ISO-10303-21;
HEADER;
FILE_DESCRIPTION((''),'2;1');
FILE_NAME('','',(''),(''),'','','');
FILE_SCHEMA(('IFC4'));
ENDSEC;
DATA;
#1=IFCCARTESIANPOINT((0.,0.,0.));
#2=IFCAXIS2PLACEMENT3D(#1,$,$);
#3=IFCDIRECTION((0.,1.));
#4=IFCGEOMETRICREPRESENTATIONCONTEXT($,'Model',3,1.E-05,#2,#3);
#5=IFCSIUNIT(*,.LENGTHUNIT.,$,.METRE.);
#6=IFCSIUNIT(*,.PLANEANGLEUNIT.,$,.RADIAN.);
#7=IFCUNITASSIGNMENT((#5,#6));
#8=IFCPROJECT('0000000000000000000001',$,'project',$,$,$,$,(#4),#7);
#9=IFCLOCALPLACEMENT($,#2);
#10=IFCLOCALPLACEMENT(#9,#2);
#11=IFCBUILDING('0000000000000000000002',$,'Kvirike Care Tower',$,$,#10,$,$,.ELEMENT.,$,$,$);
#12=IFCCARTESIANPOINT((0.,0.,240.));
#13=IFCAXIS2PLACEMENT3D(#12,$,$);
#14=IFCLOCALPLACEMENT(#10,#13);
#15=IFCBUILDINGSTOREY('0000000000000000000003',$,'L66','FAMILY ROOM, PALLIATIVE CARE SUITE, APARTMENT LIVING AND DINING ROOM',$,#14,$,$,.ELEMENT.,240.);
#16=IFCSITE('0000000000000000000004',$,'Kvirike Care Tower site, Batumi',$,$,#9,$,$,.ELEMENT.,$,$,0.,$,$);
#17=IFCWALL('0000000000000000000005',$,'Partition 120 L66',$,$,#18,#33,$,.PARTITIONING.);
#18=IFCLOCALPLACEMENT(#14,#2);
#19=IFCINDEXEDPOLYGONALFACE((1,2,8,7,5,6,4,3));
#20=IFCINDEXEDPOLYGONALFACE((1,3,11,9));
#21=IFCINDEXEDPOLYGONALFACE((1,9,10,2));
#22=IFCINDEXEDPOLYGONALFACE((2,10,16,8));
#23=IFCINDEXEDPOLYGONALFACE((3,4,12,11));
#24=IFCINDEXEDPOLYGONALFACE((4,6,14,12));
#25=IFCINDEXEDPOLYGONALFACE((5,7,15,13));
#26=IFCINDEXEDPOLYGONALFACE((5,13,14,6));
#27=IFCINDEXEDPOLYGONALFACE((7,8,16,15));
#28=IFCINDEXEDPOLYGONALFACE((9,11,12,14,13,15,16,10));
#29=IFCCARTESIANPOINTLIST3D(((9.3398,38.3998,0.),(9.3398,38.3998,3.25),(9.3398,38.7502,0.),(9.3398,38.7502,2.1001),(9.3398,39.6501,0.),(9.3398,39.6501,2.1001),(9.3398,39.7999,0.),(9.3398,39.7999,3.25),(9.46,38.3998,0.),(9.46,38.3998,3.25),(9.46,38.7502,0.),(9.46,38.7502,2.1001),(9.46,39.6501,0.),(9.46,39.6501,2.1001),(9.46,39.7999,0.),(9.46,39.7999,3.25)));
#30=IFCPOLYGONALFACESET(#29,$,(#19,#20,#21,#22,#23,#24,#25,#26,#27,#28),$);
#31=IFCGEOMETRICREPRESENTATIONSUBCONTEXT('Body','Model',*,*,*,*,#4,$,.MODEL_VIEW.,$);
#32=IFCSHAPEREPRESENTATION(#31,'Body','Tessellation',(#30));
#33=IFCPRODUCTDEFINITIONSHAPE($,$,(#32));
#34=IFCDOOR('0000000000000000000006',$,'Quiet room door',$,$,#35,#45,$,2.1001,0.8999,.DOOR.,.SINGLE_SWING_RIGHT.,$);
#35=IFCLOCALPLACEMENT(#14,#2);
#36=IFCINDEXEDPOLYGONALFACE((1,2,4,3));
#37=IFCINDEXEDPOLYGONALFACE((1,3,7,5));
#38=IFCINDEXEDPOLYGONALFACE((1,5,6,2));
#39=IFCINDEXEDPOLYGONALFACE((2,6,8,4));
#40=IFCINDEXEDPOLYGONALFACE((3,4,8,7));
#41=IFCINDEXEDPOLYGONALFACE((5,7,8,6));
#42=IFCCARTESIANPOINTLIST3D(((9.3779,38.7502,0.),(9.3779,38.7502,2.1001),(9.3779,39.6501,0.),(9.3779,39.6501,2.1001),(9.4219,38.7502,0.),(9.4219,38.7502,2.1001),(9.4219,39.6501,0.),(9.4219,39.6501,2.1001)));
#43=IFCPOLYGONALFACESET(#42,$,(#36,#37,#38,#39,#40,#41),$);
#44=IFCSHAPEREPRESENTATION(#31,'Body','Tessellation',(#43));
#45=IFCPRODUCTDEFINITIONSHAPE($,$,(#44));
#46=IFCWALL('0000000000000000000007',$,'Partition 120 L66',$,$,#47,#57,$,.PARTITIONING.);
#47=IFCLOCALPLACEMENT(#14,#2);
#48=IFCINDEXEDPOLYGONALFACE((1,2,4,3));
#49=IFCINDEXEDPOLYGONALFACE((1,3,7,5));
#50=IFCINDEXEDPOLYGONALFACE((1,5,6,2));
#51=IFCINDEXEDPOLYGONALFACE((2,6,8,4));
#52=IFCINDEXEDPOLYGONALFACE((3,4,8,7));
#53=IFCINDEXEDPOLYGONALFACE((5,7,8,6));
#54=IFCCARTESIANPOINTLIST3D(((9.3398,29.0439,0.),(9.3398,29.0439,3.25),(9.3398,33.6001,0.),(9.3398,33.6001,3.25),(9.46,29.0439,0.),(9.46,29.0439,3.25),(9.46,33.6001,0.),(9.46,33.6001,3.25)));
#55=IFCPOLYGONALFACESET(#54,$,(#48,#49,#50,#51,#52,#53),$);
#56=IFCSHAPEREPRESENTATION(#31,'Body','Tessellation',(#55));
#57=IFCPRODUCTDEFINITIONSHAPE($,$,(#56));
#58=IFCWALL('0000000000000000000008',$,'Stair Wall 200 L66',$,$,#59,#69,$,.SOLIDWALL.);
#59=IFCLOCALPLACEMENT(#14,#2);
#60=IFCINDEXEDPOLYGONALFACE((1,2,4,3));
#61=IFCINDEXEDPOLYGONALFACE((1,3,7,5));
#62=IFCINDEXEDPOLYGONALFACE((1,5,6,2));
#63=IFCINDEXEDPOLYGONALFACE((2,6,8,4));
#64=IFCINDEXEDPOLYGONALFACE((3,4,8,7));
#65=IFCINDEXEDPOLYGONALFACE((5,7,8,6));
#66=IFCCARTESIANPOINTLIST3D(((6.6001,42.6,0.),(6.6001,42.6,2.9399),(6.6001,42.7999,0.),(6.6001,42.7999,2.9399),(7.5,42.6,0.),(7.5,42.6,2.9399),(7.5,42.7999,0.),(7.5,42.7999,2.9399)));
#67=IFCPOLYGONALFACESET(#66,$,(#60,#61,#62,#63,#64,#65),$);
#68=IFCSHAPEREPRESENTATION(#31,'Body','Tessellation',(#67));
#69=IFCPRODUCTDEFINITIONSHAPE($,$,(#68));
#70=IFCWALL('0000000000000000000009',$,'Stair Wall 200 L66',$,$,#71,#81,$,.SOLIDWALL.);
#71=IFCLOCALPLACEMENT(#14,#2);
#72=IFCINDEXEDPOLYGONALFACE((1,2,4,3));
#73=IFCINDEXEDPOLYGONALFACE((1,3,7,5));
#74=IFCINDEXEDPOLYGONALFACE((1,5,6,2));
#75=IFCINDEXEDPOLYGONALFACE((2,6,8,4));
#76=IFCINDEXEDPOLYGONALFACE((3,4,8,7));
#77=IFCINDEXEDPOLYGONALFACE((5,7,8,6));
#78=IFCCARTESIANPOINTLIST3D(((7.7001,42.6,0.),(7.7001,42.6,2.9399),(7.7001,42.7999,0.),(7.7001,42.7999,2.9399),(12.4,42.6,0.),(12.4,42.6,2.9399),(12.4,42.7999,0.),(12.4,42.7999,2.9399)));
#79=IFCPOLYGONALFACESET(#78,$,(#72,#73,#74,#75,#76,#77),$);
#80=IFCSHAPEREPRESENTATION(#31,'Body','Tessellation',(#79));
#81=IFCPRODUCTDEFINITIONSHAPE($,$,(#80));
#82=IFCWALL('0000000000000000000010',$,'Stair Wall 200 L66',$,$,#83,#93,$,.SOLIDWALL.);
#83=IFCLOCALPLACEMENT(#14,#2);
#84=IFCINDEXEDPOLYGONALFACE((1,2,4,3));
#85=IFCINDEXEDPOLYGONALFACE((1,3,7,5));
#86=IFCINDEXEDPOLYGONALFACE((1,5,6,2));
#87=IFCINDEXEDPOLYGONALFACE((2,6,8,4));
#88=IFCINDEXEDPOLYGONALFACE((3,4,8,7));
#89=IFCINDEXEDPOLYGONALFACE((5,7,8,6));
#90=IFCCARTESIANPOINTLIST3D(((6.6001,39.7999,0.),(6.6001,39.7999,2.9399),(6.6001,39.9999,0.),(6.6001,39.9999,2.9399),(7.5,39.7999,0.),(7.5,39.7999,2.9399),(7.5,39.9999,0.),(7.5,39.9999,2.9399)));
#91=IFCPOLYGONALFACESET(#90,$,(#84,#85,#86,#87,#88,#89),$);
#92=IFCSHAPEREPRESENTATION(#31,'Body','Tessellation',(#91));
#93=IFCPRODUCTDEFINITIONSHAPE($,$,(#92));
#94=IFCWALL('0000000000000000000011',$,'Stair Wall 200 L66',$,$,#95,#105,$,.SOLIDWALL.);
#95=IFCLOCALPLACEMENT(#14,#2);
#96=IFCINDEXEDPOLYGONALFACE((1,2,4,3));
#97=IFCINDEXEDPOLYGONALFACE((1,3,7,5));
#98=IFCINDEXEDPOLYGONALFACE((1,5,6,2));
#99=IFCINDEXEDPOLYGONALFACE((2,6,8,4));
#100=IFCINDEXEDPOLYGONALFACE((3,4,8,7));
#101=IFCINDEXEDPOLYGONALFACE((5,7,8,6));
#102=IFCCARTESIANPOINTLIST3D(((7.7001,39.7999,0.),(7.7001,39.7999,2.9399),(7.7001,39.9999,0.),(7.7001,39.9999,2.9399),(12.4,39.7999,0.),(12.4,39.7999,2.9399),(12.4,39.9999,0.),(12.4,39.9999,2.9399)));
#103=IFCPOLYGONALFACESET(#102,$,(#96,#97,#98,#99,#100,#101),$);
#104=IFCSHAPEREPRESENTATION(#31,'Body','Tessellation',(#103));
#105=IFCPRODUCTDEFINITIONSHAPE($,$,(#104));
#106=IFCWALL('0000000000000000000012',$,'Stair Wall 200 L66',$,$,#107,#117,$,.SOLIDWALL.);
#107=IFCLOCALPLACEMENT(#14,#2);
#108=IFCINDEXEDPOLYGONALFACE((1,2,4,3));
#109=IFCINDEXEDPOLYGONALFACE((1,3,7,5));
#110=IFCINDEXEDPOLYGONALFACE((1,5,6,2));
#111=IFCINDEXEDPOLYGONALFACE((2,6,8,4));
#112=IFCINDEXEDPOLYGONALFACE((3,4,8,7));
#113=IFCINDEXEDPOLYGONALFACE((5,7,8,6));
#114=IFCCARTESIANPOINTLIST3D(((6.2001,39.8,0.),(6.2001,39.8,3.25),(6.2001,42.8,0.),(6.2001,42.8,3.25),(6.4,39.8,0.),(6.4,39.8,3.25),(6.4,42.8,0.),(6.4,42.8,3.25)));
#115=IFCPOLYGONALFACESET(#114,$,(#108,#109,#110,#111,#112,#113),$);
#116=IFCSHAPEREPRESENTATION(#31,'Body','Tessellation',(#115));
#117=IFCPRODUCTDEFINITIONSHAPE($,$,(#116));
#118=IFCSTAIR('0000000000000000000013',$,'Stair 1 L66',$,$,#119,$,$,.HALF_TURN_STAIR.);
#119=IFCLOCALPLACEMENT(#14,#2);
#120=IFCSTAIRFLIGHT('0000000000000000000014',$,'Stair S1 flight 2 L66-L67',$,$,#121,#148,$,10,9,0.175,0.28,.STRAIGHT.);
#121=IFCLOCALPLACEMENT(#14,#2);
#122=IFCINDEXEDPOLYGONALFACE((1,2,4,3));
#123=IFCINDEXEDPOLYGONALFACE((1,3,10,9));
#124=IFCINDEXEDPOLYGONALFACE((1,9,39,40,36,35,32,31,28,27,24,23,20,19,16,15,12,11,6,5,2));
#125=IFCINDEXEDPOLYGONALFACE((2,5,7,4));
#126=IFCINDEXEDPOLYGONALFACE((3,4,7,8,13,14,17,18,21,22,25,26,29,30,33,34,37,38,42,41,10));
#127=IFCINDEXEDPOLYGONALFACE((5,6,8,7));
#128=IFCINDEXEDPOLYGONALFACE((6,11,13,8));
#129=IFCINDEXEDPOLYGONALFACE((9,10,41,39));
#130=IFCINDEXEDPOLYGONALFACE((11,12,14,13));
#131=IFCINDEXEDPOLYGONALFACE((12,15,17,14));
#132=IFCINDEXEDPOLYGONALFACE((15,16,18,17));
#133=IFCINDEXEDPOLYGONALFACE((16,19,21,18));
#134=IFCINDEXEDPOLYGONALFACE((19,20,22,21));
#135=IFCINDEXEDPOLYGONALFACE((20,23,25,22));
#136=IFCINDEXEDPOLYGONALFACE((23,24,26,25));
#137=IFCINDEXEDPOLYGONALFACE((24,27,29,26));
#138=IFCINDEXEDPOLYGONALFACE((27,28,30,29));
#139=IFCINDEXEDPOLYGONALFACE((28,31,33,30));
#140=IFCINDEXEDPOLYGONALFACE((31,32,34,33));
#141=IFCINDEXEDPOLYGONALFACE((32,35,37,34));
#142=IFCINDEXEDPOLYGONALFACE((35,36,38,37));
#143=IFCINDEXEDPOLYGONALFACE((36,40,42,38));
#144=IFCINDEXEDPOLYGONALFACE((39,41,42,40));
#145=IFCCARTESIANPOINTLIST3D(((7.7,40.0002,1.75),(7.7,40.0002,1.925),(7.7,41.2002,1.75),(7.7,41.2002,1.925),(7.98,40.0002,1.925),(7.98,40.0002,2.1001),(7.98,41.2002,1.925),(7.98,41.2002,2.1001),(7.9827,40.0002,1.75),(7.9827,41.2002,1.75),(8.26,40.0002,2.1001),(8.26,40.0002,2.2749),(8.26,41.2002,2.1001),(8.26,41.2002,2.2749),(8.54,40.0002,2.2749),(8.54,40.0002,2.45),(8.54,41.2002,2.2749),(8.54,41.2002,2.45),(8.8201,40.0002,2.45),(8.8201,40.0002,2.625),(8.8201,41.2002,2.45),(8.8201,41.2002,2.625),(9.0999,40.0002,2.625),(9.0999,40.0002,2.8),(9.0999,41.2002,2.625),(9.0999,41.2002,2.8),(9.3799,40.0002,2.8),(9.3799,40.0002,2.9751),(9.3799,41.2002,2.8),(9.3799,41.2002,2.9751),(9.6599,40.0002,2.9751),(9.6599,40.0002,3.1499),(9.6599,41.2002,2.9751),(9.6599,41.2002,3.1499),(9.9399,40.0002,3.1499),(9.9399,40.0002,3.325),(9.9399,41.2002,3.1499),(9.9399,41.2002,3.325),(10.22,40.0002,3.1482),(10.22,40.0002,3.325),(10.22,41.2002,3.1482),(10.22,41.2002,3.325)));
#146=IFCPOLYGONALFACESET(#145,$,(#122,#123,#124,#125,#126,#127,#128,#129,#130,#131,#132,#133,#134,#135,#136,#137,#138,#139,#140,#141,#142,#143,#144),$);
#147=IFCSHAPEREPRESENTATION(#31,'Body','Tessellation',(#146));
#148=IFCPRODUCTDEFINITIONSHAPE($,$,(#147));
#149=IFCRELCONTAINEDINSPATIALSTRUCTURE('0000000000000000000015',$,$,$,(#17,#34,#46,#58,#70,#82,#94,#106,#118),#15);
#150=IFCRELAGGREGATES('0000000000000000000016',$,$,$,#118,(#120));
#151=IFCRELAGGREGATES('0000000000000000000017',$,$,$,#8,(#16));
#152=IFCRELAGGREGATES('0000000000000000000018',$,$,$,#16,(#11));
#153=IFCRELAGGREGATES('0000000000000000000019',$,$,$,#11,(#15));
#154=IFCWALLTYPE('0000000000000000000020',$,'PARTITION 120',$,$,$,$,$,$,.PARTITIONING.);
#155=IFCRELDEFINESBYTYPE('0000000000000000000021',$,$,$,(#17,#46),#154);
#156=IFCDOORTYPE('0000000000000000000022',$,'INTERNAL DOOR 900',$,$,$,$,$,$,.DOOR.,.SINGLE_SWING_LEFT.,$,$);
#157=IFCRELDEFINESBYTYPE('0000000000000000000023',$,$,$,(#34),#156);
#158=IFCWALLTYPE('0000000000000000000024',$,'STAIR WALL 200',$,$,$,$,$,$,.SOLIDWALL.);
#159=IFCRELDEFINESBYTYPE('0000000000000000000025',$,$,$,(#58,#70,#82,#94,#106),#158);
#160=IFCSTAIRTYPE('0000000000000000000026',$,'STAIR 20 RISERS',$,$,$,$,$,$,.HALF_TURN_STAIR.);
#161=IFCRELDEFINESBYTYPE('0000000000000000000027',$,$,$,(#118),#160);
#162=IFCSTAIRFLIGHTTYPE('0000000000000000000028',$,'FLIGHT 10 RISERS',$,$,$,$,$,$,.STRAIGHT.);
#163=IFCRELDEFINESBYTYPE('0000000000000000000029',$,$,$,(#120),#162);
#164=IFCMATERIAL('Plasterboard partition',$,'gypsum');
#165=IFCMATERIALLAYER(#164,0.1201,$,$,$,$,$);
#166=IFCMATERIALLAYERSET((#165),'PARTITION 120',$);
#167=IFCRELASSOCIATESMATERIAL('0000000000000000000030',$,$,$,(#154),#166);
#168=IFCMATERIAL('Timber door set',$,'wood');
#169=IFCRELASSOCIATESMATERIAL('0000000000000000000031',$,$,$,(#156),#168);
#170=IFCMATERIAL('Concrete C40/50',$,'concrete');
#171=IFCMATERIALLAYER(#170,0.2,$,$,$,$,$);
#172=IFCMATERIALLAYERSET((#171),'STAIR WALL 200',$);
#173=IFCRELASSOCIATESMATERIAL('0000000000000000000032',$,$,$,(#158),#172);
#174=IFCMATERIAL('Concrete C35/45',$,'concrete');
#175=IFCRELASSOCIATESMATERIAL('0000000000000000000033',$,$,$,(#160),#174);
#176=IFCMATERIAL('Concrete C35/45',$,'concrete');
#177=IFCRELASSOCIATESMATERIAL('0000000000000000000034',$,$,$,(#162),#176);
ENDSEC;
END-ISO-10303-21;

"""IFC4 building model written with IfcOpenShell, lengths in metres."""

from ifc_helpers import new_model, si_unit, direction, frame, frame_2d, origin, place, context, subcontext, project, spatial, polyline, rectangle, outline, extrude, material, layer, layer_set, type_object, element, fill, aggregate, save


model = new_model("IFC4")

# Units and contexts
model_context = context("Model", 3, precision=1e-05, world=origin(), true_north=direction((0.0, 1.0)))
body_context = subcontext(model_context, "Body", "Model", "MODEL_VIEW")
ifc_project = project(units=[si_unit("LENGTHUNIT", "METRE"), si_unit("PLANEANGLEUNIT", "RADIAN")], contexts=[model_context])

# Site, building, storey
site_placement = place(None, origin())
site = spatial("IfcSite", under=ifc_project, at=site_placement, Name="Kvirike Care Tower site, Batumi", CompositionType="ELEMENT", RefElevation=0.0)
building_placement = place(site_placement, origin())
building = spatial("IfcBuilding", under=site, at=building_placement, Name="Kvirike Care Tower", CompositionType="ELEMENT")
storey_placement = place(building_placement, frame((0.0, 0.0, 240.0)))
storey = spatial("IfcBuildingStorey", under=building, at=storey_placement, Name="L66", Description="FAMILY ROOM, PALLIATIVE CARE SUITE, APARTMENT LIVING AND DINING ROOM", CompositionType="ELEMENT", Elevation=240.0)

# Wall, opening, door
ifc_material_1 = material(Name="Plasterboard partition", Category="gypsum")
ifc_layer_1 = layer(ifc_material_1, 0.1201)
ifc_layer_set_1 = layer_set([ifc_layer_1], Name="PARTITION 120")
wall_type_1 = type_object("IfcWallType", Name="PARTITION 120", PredefinedType="PARTITIONING", material=ifc_layer_set_1)
wall_1_placement = place(storey_placement, frame((9.3999, 39.8, 0.0), z_axis=(0.0, 0.0, 1.0), x_axis=(0.0, -1.0, 0.0)))
wall_1 = element("IfcWall", 1, at=wall_1_placement, inside=storey, type_object=wall_type_1, Name="Partition 120 L66", PredefinedType="PARTITIONING", context=body_context, shape_type="SweptSolid", body=[
    extrude(rectangle(XDim=1.4001, YDim=0.1201, at=frame_2d((0.7002, 0.0))), origin(), (0.0, 0.0, 1.0), 3.25),
])
opening_1_placement = place(wall_1_placement, frame((0.1499, 0.0, 0.0)))
opening_1 = element("IfcOpeningElement", 2, at=opening_1_placement, cuts=wall_1, PredefinedType="OPENING", context=body_context, shape_type="SweptSolid", body=[
    extrude(rectangle(XDim=0.8999, YDim=2.1001, at=frame_2d((0.45, 1.05))), frame((0.0, 0.0706, 0.0), z_axis=(0.0, -1.0, 0.0), x_axis=(1.0, 0.0, 0.0)), (0.0, 0.0, 1.0), 0.1411),
])
ifc_material_2 = material(Name="Timber door set", Category="wood")
door_type_1 = type_object("IfcDoorType", Name="INTERNAL DOOR 900", OperationType="SINGLE_SWING_LEFT", PredefinedType="DOOR", material=ifc_material_2)
door_1_placement = place(opening_1_placement, origin())
door_1 = element("IfcDoor", 3, at=door_1_placement, inside=storey, type_object=door_type_1, Name="Quiet room door", OperationType="SINGLE_SWING_RIGHT", OverallHeight=2.1001, OverallWidth=0.8999, PredefinedType="DOOR", context=body_context, shape_type="SweptSolid", body=[
    extrude(rectangle(XDim=0.8999, YDim=2.1001, at=frame_2d((0.45, 1.05))), frame((0.0, 0.022, 0.0), z_axis=(0.0, -1.0, 0.0), x_axis=(1.0, 0.0, 0.0)), (0.0, 0.0, 1.0), 0.0439),
])
fill(opening_1, door_1)

# Walls
wall_2_placement = place(storey_placement, frame((9.3999, 33.6001, 0.0), z_axis=(0.0, 0.0, 1.0), x_axis=(0.0, -1.0, 0.0)))
element("IfcWall", 4, at=wall_2_placement, inside=storey, type_object=wall_type_1, Name="Partition 120 L66", PredefinedType="PARTITIONING", context=body_context, shape_type="SweptSolid", body=[
    extrude(rectangle(XDim=4.5562, YDim=0.1201, at=frame_2d((2.2781, 0.0))), origin(), (0.0, 0.0, 1.0), 3.25),
])
ifc_material_3 = material(Name="Concrete C40/50", Category="concrete")
ifc_layer_2 = layer(ifc_material_3, 0.2)
ifc_layer_set_2 = layer_set([ifc_layer_2], Name="STAIR WALL 200")
wall_type_2 = type_object("IfcWallType", Name="STAIR WALL 200", PredefinedType="SOLIDWALL", material=ifc_layer_set_2)
wall_3_placement = place(storey_placement, frame((6.6001, 42.7, 0.0), z_axis=(0.0, 0.0, 1.0), x_axis=(1.0, 0.0, 0.0)))
element("IfcWall", 5, at=wall_3_placement, inside=storey, type_object=wall_type_2, Name="Stair Wall 200 L66", PredefinedType="SOLIDWALL", context=body_context, shape_type="SweptSolid", body=[
    extrude(rectangle(XDim=0.8999, YDim=0.2, at=frame_2d((0.45, 0.0))), origin(), (0.0, 0.0, 1.0), 2.9399),
])
wall_4_placement = place(storey_placement, frame((7.7, 42.7, 0.0), z_axis=(0.0, 0.0, 1.0), x_axis=(1.0, 0.0, 0.0)))
element("IfcWall", 6, at=wall_4_placement, inside=storey, type_object=wall_type_2, Name="Stair Wall 200 L66", PredefinedType="SOLIDWALL", context=body_context, shape_type="SweptSolid", body=[
    extrude(rectangle(XDim=4.7, YDim=0.2, at=frame_2d((2.3501, 0.0))), origin(), (0.0, 0.0, 1.0), 2.9399),
])
wall_5_placement = place(storey_placement, frame((6.6001, 39.8999, 0.0), z_axis=(0.0, 0.0, 1.0), x_axis=(1.0, 0.0, 0.0)))
element("IfcWall", 7, at=wall_5_placement, inside=storey, type_object=wall_type_2, Name="Stair Wall 200 L66", PredefinedType="SOLIDWALL", context=body_context, shape_type="SweptSolid", body=[
    extrude(rectangle(XDim=0.8999, YDim=0.2, at=frame_2d((0.45, 0.0))), origin(), (0.0, 0.0, 1.0), 2.9399),
])
wall_6_placement = place(storey_placement, frame((7.7, 39.8999, 0.0), z_axis=(0.0, 0.0, 1.0), x_axis=(1.0, 0.0, 0.0)))
element("IfcWall", 8, at=wall_6_placement, inside=storey, type_object=wall_type_2, Name="Stair Wall 200 L66", PredefinedType="SOLIDWALL", context=body_context, shape_type="SweptSolid", body=[
    extrude(rectangle(XDim=4.7, YDim=0.2, at=frame_2d((2.3501, 0.0))), origin(), (0.0, 0.0, 1.0), 2.9399),
])
wall_7_placement = place(storey_placement, frame((6.3, 42.8, 0.0), z_axis=(0.0, 0.0, 1.0), x_axis=(0.0, -1.0, 0.0)))
element("IfcWall", 9, at=wall_7_placement, inside=storey, type_object=wall_type_2, Name="Stair Wall 200 L66", PredefinedType="SOLIDWALL", context=body_context, shape_type="SweptSolid", body=[
    extrude(rectangle(XDim=3.0, YDim=0.2, at=frame_2d((1.5, 0.0))), origin(), (0.0, 0.0, 1.0), 3.25),
])

# Stair, stair flight
ifc_material_4 = material(Name="Concrete C35/45", Category="concrete")
stair_type = type_object("IfcStairType", Name="STAIR 20 RISERS", PredefinedType="HALF_TURN_STAIR", material=ifc_material_4)
stair_placement = place(storey_placement, origin())
stair = element("IfcStair", 10, at=stair_placement, inside=storey, type_object=stair_type, Name="Stair 1 L66", PredefinedType="HALF_TURN_STAIR")
ifc_material_5 = material(Name="Concrete C35/45", Category="concrete")
stair_flight_type = type_object("IfcStairFlightType", Name="FLIGHT 10 RISERS", PredefinedType="STRAIGHT", material=ifc_material_5)
stair_flight_placement = place(storey_placement, frame((7.7, 40.6001, 1.75), z_axis=(0.0, 0.0, 1.0), x_axis=(1.0, 0.0, 0.0)))
stair_flight = element("IfcStairFlight", 11, at=stair_flight_placement, type_object=stair_flight_type, Name="Stair S1 flight 2 L66-L67", NumberOfRisers=10, NumberOfTreads=9, PredefinedType="STRAIGHT", RiserHeight=0.175, TreadLength=0.28, context=body_context, shape_type="SweptSolid", body=[
    extrude(outline(polyline([(0.0, 0.0), (0.0, 0.175), (0.28, 0.175), (0.28, 0.3501), (0.5601, 0.3501), (0.5601, 0.5249), (0.8401, 0.5249), (0.8401, 0.7), (1.1201, 0.7), (1.1201, 0.875), (1.3999, 0.875), (1.3999, 1.05), (1.6799, 1.05), (1.6799, 1.2251), (1.96, 1.2251), (1.96, 1.3999), (2.24, 1.3999), (2.24, 1.575), (2.52, 1.575), (2.52, 1.75), (2.52, 1.3982), (0.2827, 0.0), (0.0, 0.0)])), frame((0.0, 0.6001, 0.0), z_axis=(0.0, -1.0, 0.0), x_axis=(1.0, 0.0, 0.0)), (0.0, 0.0, 1.0), 1.2),
])
aggregate(stair, [stair_flight])

save(model, "model.ifc")
